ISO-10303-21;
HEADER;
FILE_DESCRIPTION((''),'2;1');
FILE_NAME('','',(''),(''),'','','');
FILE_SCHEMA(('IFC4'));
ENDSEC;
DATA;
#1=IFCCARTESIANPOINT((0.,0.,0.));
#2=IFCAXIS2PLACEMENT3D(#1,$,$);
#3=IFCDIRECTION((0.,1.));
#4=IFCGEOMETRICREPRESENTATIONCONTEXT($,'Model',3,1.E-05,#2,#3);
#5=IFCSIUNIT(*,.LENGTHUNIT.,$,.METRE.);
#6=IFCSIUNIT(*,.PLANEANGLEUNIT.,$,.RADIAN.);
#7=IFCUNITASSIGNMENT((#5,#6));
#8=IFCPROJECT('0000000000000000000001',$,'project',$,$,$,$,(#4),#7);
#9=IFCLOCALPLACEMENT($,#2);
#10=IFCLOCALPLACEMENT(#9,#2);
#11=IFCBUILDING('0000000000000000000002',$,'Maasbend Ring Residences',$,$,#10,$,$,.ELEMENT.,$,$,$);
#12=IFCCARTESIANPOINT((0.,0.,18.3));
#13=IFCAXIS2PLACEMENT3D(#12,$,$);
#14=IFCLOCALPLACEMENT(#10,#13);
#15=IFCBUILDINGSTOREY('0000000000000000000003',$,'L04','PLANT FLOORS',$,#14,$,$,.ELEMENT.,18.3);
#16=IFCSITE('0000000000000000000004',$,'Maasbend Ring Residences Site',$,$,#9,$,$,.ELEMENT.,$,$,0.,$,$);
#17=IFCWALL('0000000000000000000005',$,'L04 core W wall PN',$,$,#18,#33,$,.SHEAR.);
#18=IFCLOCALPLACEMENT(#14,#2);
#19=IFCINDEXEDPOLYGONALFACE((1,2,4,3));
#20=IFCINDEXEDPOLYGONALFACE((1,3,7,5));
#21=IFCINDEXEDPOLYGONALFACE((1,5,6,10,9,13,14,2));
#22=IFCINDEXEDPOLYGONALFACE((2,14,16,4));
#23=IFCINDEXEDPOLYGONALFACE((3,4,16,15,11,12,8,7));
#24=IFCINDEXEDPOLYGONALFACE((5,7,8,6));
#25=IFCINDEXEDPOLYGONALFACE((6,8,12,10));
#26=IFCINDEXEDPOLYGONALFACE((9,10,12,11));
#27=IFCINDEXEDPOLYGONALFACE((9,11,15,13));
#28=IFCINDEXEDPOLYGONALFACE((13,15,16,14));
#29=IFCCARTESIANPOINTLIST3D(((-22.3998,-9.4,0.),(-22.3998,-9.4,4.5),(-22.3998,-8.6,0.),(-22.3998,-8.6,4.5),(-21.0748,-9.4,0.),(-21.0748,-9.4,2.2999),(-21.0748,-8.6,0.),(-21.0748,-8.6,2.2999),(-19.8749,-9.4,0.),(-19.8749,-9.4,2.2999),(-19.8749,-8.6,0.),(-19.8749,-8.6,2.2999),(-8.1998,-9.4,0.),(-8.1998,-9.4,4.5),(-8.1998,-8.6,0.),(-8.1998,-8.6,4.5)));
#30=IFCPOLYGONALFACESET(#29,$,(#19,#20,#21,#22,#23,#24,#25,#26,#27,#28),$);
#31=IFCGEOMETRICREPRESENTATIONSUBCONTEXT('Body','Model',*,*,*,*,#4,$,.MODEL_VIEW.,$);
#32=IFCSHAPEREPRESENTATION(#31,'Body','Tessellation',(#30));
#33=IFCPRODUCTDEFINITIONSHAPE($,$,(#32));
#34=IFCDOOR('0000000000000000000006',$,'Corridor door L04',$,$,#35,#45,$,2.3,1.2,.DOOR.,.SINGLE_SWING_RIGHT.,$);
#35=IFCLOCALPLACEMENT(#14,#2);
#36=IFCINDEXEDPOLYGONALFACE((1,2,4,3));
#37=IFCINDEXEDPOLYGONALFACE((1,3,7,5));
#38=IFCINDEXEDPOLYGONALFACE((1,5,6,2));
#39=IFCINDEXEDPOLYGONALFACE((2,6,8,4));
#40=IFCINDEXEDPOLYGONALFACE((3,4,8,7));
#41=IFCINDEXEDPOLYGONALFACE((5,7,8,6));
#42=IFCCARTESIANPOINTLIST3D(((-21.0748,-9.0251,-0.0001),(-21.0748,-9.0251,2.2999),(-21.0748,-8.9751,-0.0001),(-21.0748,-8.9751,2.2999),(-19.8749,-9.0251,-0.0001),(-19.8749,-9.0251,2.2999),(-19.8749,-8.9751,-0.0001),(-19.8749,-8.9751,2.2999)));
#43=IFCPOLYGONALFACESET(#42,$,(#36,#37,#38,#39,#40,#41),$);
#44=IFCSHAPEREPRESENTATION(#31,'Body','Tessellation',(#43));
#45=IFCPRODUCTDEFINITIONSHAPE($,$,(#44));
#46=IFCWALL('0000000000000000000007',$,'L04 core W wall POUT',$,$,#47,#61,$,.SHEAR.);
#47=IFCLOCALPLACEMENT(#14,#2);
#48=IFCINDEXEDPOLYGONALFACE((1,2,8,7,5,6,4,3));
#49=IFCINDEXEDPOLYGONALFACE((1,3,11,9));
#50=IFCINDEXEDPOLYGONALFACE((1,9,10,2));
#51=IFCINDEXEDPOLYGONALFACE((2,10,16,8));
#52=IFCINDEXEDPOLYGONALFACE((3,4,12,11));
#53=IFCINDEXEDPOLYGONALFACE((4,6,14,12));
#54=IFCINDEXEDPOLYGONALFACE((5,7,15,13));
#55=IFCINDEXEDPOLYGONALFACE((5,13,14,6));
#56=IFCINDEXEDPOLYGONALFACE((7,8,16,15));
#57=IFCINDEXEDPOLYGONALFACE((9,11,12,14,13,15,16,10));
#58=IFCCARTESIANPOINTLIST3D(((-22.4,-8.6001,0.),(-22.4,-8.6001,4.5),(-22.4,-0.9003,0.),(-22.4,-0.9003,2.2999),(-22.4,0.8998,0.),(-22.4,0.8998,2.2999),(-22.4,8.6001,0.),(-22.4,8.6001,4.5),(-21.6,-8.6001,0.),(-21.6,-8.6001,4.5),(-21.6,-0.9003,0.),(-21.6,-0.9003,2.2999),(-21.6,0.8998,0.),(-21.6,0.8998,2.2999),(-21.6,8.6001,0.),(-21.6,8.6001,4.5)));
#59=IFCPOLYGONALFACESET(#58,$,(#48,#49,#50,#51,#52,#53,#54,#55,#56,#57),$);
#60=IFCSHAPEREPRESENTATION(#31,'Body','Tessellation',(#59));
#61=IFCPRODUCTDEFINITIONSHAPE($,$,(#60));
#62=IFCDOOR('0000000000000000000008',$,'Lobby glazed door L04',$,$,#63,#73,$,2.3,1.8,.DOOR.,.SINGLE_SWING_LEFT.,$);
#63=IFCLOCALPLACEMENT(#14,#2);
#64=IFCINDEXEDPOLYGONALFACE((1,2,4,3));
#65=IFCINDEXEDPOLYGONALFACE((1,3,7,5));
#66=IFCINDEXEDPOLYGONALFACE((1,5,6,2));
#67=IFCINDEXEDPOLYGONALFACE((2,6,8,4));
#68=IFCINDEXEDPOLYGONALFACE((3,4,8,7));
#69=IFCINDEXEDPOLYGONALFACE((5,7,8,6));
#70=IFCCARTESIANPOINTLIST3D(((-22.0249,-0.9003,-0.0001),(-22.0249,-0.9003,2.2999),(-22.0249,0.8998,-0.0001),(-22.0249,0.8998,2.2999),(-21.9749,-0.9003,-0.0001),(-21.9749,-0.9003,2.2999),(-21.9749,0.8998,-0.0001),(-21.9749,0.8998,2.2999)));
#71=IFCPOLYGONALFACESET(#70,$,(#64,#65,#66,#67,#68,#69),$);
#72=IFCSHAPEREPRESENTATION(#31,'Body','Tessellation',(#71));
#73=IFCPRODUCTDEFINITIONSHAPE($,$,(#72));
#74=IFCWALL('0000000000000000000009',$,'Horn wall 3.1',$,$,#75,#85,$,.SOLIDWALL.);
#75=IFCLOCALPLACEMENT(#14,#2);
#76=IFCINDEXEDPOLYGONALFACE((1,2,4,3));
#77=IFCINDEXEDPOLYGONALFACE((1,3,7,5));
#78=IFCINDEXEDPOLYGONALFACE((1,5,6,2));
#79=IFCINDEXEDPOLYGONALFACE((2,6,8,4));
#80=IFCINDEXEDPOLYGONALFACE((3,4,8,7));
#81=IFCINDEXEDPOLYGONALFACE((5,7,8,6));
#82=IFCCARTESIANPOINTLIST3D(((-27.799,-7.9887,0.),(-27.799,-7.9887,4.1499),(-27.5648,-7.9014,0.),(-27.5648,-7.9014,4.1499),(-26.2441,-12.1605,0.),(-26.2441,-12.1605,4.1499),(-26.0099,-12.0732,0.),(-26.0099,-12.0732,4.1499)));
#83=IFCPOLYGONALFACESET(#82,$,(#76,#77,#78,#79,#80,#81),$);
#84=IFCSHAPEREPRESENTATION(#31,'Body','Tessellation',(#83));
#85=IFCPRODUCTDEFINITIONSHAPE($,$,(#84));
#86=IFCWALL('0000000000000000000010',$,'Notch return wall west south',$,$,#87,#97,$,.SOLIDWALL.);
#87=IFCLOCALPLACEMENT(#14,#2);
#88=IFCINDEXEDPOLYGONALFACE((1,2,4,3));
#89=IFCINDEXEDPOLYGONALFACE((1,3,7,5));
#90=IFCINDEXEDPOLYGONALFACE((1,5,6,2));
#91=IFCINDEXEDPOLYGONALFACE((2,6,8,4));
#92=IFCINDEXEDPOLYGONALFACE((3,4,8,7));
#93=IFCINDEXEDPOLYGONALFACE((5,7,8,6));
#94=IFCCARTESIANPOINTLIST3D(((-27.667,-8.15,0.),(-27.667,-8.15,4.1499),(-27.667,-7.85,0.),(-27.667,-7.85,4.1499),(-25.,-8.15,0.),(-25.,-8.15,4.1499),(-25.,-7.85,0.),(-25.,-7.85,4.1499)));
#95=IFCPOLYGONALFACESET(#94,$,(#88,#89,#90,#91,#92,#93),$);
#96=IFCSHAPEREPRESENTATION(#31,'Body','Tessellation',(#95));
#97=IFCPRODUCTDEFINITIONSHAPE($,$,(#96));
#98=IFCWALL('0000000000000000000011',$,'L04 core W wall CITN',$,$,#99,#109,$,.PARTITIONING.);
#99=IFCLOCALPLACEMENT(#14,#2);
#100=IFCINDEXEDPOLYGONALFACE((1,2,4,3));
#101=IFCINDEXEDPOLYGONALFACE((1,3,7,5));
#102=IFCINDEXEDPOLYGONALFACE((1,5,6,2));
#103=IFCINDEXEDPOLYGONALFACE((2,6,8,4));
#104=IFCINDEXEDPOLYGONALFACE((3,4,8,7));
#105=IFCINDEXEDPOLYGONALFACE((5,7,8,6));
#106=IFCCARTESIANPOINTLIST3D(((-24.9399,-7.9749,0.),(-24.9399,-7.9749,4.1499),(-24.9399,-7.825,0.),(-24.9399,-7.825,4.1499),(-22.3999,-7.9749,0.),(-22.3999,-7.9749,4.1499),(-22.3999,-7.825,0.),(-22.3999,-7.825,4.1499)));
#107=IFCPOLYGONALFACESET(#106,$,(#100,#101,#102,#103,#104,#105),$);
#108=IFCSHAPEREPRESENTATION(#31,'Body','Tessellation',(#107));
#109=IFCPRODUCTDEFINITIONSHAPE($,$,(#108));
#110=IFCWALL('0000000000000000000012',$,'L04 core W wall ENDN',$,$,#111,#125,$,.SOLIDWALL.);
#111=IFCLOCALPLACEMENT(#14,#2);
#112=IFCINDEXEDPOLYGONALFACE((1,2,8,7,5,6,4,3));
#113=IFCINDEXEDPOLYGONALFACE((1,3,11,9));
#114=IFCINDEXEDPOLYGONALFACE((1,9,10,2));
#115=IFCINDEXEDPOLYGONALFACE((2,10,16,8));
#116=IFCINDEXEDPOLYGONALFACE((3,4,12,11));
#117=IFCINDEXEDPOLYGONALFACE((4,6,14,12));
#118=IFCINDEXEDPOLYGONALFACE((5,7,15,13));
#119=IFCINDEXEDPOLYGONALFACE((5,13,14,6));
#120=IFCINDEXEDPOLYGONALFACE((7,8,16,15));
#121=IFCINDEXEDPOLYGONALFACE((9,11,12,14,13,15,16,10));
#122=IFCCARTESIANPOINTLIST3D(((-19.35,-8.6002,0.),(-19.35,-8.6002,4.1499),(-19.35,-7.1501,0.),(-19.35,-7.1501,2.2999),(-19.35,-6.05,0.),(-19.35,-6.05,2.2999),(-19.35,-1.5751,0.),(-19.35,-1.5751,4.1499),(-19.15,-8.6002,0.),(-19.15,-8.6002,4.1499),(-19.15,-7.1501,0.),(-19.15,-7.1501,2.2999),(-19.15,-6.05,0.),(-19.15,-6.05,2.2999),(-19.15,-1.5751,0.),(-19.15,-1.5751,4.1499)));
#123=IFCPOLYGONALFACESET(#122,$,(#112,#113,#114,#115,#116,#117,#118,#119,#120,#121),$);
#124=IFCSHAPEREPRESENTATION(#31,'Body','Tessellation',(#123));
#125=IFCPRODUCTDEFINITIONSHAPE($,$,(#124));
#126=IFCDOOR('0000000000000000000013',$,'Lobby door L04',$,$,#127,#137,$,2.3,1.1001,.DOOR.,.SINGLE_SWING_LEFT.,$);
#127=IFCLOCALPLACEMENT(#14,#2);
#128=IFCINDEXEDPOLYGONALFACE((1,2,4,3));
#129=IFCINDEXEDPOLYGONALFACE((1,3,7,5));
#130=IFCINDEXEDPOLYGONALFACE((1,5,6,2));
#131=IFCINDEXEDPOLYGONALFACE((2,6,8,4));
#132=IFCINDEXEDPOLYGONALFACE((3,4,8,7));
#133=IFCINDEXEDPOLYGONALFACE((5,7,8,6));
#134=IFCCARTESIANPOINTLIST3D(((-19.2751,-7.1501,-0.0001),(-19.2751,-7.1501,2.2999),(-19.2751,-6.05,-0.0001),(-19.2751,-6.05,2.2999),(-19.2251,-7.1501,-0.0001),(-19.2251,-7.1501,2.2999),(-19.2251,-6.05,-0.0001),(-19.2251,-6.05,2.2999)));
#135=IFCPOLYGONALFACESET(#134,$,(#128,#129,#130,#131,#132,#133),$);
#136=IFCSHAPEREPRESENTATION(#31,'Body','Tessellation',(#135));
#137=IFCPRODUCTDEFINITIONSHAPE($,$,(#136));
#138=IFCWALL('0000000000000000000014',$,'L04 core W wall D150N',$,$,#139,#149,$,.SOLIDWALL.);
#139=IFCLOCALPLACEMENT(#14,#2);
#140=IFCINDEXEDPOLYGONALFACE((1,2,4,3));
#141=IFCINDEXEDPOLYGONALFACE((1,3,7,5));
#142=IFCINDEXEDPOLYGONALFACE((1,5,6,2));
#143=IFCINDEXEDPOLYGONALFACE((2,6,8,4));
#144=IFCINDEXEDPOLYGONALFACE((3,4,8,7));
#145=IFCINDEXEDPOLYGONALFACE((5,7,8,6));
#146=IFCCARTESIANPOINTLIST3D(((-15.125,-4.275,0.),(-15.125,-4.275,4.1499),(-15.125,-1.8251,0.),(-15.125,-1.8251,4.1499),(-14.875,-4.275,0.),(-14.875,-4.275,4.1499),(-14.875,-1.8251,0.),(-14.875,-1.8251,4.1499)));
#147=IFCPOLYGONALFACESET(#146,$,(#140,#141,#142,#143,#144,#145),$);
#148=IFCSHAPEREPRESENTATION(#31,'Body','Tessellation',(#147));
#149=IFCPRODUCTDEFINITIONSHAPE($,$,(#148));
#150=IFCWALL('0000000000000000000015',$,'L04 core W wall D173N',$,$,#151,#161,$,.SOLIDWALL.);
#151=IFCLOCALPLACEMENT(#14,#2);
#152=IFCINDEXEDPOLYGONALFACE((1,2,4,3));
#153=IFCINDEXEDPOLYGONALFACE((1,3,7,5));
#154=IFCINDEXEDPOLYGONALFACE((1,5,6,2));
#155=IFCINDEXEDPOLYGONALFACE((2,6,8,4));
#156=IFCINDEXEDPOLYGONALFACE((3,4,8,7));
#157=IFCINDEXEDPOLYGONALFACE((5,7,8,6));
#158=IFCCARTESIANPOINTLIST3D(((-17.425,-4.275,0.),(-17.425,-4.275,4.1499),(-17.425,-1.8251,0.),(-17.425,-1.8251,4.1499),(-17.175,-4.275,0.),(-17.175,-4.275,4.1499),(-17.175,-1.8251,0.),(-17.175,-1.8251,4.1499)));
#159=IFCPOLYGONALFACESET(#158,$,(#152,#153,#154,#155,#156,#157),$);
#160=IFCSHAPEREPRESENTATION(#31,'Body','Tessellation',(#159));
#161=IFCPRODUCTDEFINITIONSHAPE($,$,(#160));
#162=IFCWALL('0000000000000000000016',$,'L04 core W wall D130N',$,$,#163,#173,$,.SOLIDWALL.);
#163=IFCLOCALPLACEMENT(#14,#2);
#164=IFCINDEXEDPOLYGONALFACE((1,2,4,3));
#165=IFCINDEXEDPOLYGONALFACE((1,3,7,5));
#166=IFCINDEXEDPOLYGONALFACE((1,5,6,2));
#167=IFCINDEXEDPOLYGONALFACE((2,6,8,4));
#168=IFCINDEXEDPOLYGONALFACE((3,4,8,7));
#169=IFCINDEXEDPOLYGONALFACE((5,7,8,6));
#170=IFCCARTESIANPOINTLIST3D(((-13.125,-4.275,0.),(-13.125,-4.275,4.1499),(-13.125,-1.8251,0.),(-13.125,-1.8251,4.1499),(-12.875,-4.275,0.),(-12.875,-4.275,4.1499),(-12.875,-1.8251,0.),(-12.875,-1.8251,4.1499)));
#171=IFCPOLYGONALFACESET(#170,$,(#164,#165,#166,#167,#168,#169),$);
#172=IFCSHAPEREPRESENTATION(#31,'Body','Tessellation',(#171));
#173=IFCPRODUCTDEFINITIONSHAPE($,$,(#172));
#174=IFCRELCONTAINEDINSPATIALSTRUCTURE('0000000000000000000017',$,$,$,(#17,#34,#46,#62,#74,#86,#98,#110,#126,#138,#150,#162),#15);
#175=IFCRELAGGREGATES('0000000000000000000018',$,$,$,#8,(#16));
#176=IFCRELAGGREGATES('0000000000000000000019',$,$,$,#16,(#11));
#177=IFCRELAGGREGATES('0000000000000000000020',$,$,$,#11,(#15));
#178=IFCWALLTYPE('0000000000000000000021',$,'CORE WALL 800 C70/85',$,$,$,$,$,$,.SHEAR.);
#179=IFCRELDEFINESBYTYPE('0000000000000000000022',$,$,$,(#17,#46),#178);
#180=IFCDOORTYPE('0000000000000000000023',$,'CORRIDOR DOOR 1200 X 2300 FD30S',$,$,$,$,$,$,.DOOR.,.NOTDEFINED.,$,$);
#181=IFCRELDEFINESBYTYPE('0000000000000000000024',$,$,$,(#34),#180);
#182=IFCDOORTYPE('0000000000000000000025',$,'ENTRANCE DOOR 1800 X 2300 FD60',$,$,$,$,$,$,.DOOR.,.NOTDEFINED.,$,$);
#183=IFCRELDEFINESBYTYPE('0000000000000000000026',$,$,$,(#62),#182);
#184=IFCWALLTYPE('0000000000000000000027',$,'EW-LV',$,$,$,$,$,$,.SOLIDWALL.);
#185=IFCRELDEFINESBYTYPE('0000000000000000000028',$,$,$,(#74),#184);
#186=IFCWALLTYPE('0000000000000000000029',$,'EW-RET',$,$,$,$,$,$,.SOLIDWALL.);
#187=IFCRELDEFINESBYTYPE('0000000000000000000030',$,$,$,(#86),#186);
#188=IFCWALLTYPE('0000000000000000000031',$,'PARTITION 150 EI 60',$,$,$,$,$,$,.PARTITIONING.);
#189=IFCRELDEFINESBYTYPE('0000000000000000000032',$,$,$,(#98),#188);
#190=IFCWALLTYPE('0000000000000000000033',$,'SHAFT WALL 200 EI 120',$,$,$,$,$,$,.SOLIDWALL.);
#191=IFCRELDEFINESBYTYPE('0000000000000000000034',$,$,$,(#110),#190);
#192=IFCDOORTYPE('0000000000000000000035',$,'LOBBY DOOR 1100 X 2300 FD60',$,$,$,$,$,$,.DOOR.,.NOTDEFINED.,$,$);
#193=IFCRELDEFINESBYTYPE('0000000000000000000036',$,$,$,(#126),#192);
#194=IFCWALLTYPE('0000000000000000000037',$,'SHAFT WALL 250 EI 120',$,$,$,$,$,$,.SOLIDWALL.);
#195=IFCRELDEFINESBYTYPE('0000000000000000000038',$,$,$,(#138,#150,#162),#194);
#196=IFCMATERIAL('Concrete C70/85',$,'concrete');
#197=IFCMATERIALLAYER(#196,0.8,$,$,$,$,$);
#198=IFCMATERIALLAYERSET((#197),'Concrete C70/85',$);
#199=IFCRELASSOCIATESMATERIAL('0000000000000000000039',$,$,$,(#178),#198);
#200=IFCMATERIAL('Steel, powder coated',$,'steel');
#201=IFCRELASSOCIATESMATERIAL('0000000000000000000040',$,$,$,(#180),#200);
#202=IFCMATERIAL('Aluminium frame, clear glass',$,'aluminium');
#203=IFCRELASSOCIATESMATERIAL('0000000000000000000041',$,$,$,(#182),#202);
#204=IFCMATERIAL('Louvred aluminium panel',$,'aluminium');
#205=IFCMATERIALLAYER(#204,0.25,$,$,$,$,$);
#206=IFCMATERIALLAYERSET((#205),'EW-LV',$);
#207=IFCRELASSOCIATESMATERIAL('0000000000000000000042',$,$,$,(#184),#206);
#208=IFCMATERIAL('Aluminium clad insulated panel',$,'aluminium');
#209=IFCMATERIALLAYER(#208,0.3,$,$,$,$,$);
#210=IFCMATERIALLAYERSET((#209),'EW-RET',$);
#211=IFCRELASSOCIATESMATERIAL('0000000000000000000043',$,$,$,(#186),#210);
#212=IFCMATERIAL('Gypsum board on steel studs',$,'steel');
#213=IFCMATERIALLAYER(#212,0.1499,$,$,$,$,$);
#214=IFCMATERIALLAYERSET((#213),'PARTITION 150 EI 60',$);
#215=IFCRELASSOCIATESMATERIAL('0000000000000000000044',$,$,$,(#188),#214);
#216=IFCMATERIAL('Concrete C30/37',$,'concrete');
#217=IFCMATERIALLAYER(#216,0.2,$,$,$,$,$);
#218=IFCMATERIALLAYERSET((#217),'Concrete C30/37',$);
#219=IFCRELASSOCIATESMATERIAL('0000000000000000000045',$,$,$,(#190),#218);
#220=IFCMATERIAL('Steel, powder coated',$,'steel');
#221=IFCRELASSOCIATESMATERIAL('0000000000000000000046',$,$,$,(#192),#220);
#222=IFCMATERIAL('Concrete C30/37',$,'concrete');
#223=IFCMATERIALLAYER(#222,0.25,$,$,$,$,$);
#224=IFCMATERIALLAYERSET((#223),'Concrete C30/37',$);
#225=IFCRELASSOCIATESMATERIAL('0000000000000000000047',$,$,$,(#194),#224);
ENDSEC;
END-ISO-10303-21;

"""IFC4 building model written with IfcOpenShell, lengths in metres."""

from ifc_helpers import new_model, si_unit, direction, frame, frame_2d, origin, place, context, subcontext, project, spatial, rectangle, extrude, material, layer, layer_set, type_object, element, fill, save


model = new_model("IFC4")

# Units and contexts
model_context = context("Model", 3, precision=1e-05, world=origin(), true_north=direction((0.0, 1.0)))
body_context = subcontext(model_context, "Body", "Model", "MODEL_VIEW")
ifc_project = project(units=[si_unit("LENGTHUNIT", "METRE"), si_unit("PLANEANGLEUNIT", "RADIAN")], contexts=[model_context])

# Site, building, storey
site_placement = place(None, origin())
site = spatial("IfcSite", under=ifc_project, at=site_placement, Name="Maasbend Ring Residences Site", CompositionType="ELEMENT", RefElevation=0.0)
building_placement = place(site_placement, origin())
building = spatial("IfcBuilding", under=site, at=building_placement, Name="Maasbend Ring Residences", CompositionType="ELEMENT")
storey_placement = place(building_placement, frame((0.0, 0.0, 18.3)))
storey = spatial("IfcBuildingStorey", under=building, at=storey_placement, Name="L04", Description="PLANT FLOORS", CompositionType="ELEMENT", Elevation=18.3)

# Walls, openings, doors
ifc_material_1 = material(Name="Concrete C70/85", Category="concrete")
ifc_layer_1 = layer(ifc_material_1, 0.8)
ifc_layer_set_1 = layer_set([ifc_layer_1], Name="Concrete C70/85")
wall_type_1 = type_object("IfcWallType", Name="CORE WALL 800 C70/85", PredefinedType="SHEAR", material=ifc_layer_set_1)
wall_1_placement = place(storey_placement, frame((-22.3999, -9.0, 0.0), z_axis=(0.0, 0.0, 1.0), x_axis=(1.0, 0.0, 0.0)))
wall_1 = element("IfcWall", 1, at=wall_1_placement, inside=storey, type_object=wall_type_1, Name="L04 core W wall PN", PredefinedType="SHEAR", context=body_context, shape_type="SweptSolid", body=[
    extrude(rectangle(XDim=14.2, YDim=0.8, at=frame_2d((7.1001, 0.0))), origin(), (0.0, 0.0, 1.0), 4.5),
])
opening_1_placement = place(wall_1_placement, frame((1.325, 0.0, 0.0)))
opening_1 = element("IfcOpeningElement", 2, at=opening_1_placement, cuts=wall_1, PredefinedType="OPENING", context=body_context, shape_type="SweptSolid", body=[
    extrude(rectangle(XDim=1.2, YDim=2.3, at=frame_2d((0.6001, 1.1499))), frame((0.0, 0.4102, 0.0), z_axis=(0.0, -1.0, 0.0), x_axis=(1.0, 0.0, 0.0)), (0.0, 0.0, 1.0), 0.8201),
])
ifc_material_2 = material(Name="Steel, powder coated", Category="steel")
door_type_1 = type_object("IfcDoorType", Name="CORRIDOR DOOR 1200 X 2300 FD30S", OperationType="NOTDEFINED", PredefinedType="DOOR", material=ifc_material_2)
door_1_placement = place(opening_1_placement, origin())
door_1 = element("IfcDoor", 3, at=door_1_placement, inside=storey, type_object=door_type_1, Name="Corridor door L04", OperationType="SINGLE_SWING_RIGHT", OverallHeight=2.3, OverallWidth=1.2, PredefinedType="DOOR", context=body_context, shape_type="SweptSolid", body=[
    extrude(rectangle(XDim=1.2, YDim=2.3, at=frame_2d((0.6001, 1.1499))), frame((0.0, 0.0249, 0.0), z_axis=(0.0, -1.0, 0.0), x_axis=(1.0, 0.0, 0.0)), (0.0, 0.0, 1.0), 0.05),
])
fill(opening_1, door_1)
wall_2_placement = place(storey_placement, frame((-22.0, -8.6001, 0.0), z_axis=(0.0, 0.0, 1.0), x_axis=(0.0, 1.0, 0.0)))
wall_2 = element("IfcWall", 4, at=wall_2_placement, inside=storey, type_object=wall_type_1, Name="L04 core W wall POUT", PredefinedType="SHEAR", context=body_context, shape_type="SweptSolid", body=[
    extrude(rectangle(XDim=17.2002, YDim=0.8, at=frame_2d((8.6001, 0.0))), origin(), (0.0, 0.0, 1.0), 4.5),
])
opening_2_placement = place(wall_2_placement, frame((7.7, 0.0, 0.0)))
opening_2 = element("IfcOpeningElement", 5, at=opening_2_placement, cuts=wall_2, PredefinedType="OPENING", context=body_context, shape_type="SweptSolid", body=[
    extrude(rectangle(XDim=1.8, YDim=2.3, at=frame_2d((0.8999, 1.1499))), frame((0.0, 0.4102, 0.0), z_axis=(0.0, -1.0, 0.0), x_axis=(1.0, 0.0, 0.0)), (0.0, 0.0, 1.0), 0.8201),
])
ifc_material_3 = material(Name="Aluminium frame, clear glass", Category="aluminium")
door_type_2 = type_object("IfcDoorType", Name="ENTRANCE DOOR 1800 X 2300 FD60", OperationType="NOTDEFINED", PredefinedType="DOOR", material=ifc_material_3)
door_2_placement = place(opening_2_placement, origin())
door_2 = element("IfcDoor", 6, at=door_2_placement, inside=storey, type_object=door_type_2, Name="Lobby glazed door L04", OperationType="SINGLE_SWING_LEFT", OverallHeight=2.3, OverallWidth=1.8, PredefinedType="DOOR", context=body_context, shape_type="SweptSolid", body=[
    extrude(rectangle(XDim=1.8, YDim=2.3, at=frame_2d((0.8999, 1.1499))), frame((0.0, 0.0249, 0.0), z_axis=(0.0, -1.0, 0.0), x_axis=(1.0, 0.0, 0.0)), (0.0, 0.0, 1.0), 0.05),
])
fill(opening_2, door_2)

# Walls
ifc_material_4 = material(Name="Louvred aluminium panel", Category="aluminium")
ifc_layer_2 = layer(ifc_material_4, 0.25)
ifc_layer_set_2 = layer_set([ifc_layer_2], Name="EW-LV")
wall_type_2 = type_object("IfcWallType", Name="EW-LV", PredefinedType="SOLIDWALL", material=ifc_layer_set_2)
wall_3_placement = place(storey_placement, frame((-27.6819, -7.9451, 0.0), z_axis=(0.0, 0.0, 1.0), x_axis=(0.349248, -0.93703, 0.0)))
element("IfcWall", 7, at=wall_3_placement, inside=storey, type_object=wall_type_2, Name="Horn wall 3.1", PredefinedType="SOLIDWALL", context=body_context, shape_type="SweptSolid", body=[
    extrude(rectangle(XDim=4.4521, YDim=0.25, at=frame_2d((2.2261, 0.0))), origin(), (0.0, 0.0, 1.0), 4.1499),
])
ifc_material_5 = material(Name="Aluminium clad insulated panel", Category="aluminium")
ifc_layer_3 = layer(ifc_material_5, 0.3)
ifc_layer_set_3 = layer_set([ifc_layer_3], Name="EW-RET")
wall_type_3 = type_object("IfcWallType", Name="EW-RET", PredefinedType="SOLIDWALL", material=ifc_layer_set_3)
wall_4_placement = place(storey_placement, frame((-25.0, -8.0, 0.0), z_axis=(0.0, 0.0, 1.0), x_axis=(-1.0, 0.0, 0.0)))
element("IfcWall", 8, at=wall_4_placement, inside=storey, type_object=wall_type_3, Name="Notch return wall west south", PredefinedType="SOLIDWALL", context=body_context, shape_type="SweptSolid", body=[
    extrude(rectangle(XDim=2.667, YDim=0.3, at=frame_2d((1.3335, 0.0))), origin(), (0.0, 0.0, 1.0), 4.1499),
])
ifc_material_6 = material(Name="Gypsum board on steel studs", Category="steel")
ifc_layer_4 = layer(ifc_material_6, 0.1499)
ifc_layer_set_4 = layer_set([ifc_layer_4], Name="PARTITION 150 EI 60")
wall_type_4 = type_object("IfcWallType", Name="PARTITION 150 EI 60", PredefinedType="PARTITIONING", material=ifc_layer_set_4)
wall_5_placement = place(storey_placement, frame((-22.3999, -7.8999, 0.0), z_axis=(0.0, 0.0, 1.0), x_axis=(-1.0, 0.0, 0.0)))
element("IfcWall", 9, at=wall_5_placement, inside=storey, type_object=wall_type_4, Name="L04 core W wall CITN", PredefinedType="PARTITIONING", context=body_context, shape_type="SweptSolid", body=[
    extrude(rectangle(XDim=2.54, YDim=0.1499, at=frame_2d((1.27, 0.0))), origin(), (0.0, 0.0, 1.0), 4.1499),
])

# Wall, opening, door
ifc_material_7 = material(Name="Concrete C30/37", Category="concrete")
ifc_layer_5 = layer(ifc_material_7, 0.2)
ifc_layer_set_5 = layer_set([ifc_layer_5], Name="Concrete C30/37")
wall_type_5 = type_object("IfcWallType", Name="SHAFT WALL 200 EI 120", PredefinedType="SOLIDWALL", material=ifc_layer_set_5)
wall_6_placement = place(storey_placement, frame((-19.25, -1.575, 0.0), z_axis=(0.0, 0.0, 1.0), x_axis=(0.0, -1.0, 0.0)))
wall_6 = element("IfcWall", 10, at=wall_6_placement, inside=storey, type_object=wall_type_5, Name="L04 core W wall ENDN", PredefinedType="SOLIDWALL", context=body_context, shape_type="SweptSolid", body=[
    extrude(rectangle(XDim=7.0251, YDim=0.2, at=frame_2d((3.5127, 0.0))), origin(), (0.0, 0.0, 1.0), 4.1499),
])
opening_3_placement = place(wall_6_placement, frame((4.4751, 0.0, 0.0)))
opening_3 = element("IfcOpeningElement", 11, at=opening_3_placement, cuts=wall_6, PredefinedType="OPENING", context=body_context, shape_type="SweptSolid", body=[
    extrude(rectangle(XDim=1.1001, YDim=2.3, at=frame_2d((0.55, 1.1499))), frame((0.0, 0.1099, 0.0), z_axis=(0.0, -1.0, 0.0), x_axis=(1.0, 0.0, 0.0)), (0.0, 0.0, 1.0), 0.22),
])
ifc_material_8 = material(Name="Steel, powder coated", Category="steel")
door_type_3 = type_object("IfcDoorType", Name="LOBBY DOOR 1100 X 2300 FD60", OperationType="NOTDEFINED", PredefinedType="DOOR", material=ifc_material_8)
door_3_placement = place(opening_3_placement, origin())
door_3 = element("IfcDoor", 12, at=door_3_placement, inside=storey, type_object=door_type_3, Name="Lobby door L04", OperationType="SINGLE_SWING_LEFT", OverallHeight=2.3, OverallWidth=1.1001, PredefinedType="DOOR", context=body_context, shape_type="SweptSolid", body=[
    extrude(rectangle(XDim=1.1001, YDim=2.3, at=frame_2d((0.55, 1.1499))), frame((0.0, 0.0249, 0.0), z_axis=(0.0, -1.0, 0.0), x_axis=(1.0, 0.0, 0.0)), (0.0, 0.0, 1.0), 0.05),
])
fill(opening_3, door_3)

# Walls
ifc_material_9 = material(Name="Concrete C30/37", Category="concrete")
ifc_layer_6 = layer(ifc_material_9, 0.25)
ifc_layer_set_6 = layer_set([ifc_layer_6], Name="Concrete C30/37")
wall_type_6 = type_object("IfcWallType", Name="SHAFT WALL 250 EI 120", PredefinedType="SOLIDWALL", material=ifc_layer_set_6)
for number, where, z_axis, x_axis, name in (
    (13, (-15.0, -1.825, 0.0), (0.0, 0.0, 1.0), (0.0, -1.0, 0.0), "L04 core W wall D150N"),
    (14, (-17.3, -1.825, 0.0), (0.0, 0.0, 1.0), (0.0, -1.0, 0.0), "L04 core W wall D173N"),
    (15, (-13.0, -1.825, 0.0), (0.0, 0.0, 1.0), (0.0, -1.0, 0.0), "L04 core W wall D130N"),
):
    element("IfcWall", number, at=place(storey_placement, frame(where, z_axis=z_axis, x_axis=x_axis)), inside=storey, type_object=wall_type_6, Name=name, PredefinedType="SOLIDWALL", context=body_context, shape_type="SweptSolid", body=[
        extrude(rectangle(XDim=2.45, YDim=0.25, at=frame_2d((1.2251, 0.0))), origin(), (0.0, 0.0, 1.0), 4.1499),
    ])

save(model, "model.ifc")
